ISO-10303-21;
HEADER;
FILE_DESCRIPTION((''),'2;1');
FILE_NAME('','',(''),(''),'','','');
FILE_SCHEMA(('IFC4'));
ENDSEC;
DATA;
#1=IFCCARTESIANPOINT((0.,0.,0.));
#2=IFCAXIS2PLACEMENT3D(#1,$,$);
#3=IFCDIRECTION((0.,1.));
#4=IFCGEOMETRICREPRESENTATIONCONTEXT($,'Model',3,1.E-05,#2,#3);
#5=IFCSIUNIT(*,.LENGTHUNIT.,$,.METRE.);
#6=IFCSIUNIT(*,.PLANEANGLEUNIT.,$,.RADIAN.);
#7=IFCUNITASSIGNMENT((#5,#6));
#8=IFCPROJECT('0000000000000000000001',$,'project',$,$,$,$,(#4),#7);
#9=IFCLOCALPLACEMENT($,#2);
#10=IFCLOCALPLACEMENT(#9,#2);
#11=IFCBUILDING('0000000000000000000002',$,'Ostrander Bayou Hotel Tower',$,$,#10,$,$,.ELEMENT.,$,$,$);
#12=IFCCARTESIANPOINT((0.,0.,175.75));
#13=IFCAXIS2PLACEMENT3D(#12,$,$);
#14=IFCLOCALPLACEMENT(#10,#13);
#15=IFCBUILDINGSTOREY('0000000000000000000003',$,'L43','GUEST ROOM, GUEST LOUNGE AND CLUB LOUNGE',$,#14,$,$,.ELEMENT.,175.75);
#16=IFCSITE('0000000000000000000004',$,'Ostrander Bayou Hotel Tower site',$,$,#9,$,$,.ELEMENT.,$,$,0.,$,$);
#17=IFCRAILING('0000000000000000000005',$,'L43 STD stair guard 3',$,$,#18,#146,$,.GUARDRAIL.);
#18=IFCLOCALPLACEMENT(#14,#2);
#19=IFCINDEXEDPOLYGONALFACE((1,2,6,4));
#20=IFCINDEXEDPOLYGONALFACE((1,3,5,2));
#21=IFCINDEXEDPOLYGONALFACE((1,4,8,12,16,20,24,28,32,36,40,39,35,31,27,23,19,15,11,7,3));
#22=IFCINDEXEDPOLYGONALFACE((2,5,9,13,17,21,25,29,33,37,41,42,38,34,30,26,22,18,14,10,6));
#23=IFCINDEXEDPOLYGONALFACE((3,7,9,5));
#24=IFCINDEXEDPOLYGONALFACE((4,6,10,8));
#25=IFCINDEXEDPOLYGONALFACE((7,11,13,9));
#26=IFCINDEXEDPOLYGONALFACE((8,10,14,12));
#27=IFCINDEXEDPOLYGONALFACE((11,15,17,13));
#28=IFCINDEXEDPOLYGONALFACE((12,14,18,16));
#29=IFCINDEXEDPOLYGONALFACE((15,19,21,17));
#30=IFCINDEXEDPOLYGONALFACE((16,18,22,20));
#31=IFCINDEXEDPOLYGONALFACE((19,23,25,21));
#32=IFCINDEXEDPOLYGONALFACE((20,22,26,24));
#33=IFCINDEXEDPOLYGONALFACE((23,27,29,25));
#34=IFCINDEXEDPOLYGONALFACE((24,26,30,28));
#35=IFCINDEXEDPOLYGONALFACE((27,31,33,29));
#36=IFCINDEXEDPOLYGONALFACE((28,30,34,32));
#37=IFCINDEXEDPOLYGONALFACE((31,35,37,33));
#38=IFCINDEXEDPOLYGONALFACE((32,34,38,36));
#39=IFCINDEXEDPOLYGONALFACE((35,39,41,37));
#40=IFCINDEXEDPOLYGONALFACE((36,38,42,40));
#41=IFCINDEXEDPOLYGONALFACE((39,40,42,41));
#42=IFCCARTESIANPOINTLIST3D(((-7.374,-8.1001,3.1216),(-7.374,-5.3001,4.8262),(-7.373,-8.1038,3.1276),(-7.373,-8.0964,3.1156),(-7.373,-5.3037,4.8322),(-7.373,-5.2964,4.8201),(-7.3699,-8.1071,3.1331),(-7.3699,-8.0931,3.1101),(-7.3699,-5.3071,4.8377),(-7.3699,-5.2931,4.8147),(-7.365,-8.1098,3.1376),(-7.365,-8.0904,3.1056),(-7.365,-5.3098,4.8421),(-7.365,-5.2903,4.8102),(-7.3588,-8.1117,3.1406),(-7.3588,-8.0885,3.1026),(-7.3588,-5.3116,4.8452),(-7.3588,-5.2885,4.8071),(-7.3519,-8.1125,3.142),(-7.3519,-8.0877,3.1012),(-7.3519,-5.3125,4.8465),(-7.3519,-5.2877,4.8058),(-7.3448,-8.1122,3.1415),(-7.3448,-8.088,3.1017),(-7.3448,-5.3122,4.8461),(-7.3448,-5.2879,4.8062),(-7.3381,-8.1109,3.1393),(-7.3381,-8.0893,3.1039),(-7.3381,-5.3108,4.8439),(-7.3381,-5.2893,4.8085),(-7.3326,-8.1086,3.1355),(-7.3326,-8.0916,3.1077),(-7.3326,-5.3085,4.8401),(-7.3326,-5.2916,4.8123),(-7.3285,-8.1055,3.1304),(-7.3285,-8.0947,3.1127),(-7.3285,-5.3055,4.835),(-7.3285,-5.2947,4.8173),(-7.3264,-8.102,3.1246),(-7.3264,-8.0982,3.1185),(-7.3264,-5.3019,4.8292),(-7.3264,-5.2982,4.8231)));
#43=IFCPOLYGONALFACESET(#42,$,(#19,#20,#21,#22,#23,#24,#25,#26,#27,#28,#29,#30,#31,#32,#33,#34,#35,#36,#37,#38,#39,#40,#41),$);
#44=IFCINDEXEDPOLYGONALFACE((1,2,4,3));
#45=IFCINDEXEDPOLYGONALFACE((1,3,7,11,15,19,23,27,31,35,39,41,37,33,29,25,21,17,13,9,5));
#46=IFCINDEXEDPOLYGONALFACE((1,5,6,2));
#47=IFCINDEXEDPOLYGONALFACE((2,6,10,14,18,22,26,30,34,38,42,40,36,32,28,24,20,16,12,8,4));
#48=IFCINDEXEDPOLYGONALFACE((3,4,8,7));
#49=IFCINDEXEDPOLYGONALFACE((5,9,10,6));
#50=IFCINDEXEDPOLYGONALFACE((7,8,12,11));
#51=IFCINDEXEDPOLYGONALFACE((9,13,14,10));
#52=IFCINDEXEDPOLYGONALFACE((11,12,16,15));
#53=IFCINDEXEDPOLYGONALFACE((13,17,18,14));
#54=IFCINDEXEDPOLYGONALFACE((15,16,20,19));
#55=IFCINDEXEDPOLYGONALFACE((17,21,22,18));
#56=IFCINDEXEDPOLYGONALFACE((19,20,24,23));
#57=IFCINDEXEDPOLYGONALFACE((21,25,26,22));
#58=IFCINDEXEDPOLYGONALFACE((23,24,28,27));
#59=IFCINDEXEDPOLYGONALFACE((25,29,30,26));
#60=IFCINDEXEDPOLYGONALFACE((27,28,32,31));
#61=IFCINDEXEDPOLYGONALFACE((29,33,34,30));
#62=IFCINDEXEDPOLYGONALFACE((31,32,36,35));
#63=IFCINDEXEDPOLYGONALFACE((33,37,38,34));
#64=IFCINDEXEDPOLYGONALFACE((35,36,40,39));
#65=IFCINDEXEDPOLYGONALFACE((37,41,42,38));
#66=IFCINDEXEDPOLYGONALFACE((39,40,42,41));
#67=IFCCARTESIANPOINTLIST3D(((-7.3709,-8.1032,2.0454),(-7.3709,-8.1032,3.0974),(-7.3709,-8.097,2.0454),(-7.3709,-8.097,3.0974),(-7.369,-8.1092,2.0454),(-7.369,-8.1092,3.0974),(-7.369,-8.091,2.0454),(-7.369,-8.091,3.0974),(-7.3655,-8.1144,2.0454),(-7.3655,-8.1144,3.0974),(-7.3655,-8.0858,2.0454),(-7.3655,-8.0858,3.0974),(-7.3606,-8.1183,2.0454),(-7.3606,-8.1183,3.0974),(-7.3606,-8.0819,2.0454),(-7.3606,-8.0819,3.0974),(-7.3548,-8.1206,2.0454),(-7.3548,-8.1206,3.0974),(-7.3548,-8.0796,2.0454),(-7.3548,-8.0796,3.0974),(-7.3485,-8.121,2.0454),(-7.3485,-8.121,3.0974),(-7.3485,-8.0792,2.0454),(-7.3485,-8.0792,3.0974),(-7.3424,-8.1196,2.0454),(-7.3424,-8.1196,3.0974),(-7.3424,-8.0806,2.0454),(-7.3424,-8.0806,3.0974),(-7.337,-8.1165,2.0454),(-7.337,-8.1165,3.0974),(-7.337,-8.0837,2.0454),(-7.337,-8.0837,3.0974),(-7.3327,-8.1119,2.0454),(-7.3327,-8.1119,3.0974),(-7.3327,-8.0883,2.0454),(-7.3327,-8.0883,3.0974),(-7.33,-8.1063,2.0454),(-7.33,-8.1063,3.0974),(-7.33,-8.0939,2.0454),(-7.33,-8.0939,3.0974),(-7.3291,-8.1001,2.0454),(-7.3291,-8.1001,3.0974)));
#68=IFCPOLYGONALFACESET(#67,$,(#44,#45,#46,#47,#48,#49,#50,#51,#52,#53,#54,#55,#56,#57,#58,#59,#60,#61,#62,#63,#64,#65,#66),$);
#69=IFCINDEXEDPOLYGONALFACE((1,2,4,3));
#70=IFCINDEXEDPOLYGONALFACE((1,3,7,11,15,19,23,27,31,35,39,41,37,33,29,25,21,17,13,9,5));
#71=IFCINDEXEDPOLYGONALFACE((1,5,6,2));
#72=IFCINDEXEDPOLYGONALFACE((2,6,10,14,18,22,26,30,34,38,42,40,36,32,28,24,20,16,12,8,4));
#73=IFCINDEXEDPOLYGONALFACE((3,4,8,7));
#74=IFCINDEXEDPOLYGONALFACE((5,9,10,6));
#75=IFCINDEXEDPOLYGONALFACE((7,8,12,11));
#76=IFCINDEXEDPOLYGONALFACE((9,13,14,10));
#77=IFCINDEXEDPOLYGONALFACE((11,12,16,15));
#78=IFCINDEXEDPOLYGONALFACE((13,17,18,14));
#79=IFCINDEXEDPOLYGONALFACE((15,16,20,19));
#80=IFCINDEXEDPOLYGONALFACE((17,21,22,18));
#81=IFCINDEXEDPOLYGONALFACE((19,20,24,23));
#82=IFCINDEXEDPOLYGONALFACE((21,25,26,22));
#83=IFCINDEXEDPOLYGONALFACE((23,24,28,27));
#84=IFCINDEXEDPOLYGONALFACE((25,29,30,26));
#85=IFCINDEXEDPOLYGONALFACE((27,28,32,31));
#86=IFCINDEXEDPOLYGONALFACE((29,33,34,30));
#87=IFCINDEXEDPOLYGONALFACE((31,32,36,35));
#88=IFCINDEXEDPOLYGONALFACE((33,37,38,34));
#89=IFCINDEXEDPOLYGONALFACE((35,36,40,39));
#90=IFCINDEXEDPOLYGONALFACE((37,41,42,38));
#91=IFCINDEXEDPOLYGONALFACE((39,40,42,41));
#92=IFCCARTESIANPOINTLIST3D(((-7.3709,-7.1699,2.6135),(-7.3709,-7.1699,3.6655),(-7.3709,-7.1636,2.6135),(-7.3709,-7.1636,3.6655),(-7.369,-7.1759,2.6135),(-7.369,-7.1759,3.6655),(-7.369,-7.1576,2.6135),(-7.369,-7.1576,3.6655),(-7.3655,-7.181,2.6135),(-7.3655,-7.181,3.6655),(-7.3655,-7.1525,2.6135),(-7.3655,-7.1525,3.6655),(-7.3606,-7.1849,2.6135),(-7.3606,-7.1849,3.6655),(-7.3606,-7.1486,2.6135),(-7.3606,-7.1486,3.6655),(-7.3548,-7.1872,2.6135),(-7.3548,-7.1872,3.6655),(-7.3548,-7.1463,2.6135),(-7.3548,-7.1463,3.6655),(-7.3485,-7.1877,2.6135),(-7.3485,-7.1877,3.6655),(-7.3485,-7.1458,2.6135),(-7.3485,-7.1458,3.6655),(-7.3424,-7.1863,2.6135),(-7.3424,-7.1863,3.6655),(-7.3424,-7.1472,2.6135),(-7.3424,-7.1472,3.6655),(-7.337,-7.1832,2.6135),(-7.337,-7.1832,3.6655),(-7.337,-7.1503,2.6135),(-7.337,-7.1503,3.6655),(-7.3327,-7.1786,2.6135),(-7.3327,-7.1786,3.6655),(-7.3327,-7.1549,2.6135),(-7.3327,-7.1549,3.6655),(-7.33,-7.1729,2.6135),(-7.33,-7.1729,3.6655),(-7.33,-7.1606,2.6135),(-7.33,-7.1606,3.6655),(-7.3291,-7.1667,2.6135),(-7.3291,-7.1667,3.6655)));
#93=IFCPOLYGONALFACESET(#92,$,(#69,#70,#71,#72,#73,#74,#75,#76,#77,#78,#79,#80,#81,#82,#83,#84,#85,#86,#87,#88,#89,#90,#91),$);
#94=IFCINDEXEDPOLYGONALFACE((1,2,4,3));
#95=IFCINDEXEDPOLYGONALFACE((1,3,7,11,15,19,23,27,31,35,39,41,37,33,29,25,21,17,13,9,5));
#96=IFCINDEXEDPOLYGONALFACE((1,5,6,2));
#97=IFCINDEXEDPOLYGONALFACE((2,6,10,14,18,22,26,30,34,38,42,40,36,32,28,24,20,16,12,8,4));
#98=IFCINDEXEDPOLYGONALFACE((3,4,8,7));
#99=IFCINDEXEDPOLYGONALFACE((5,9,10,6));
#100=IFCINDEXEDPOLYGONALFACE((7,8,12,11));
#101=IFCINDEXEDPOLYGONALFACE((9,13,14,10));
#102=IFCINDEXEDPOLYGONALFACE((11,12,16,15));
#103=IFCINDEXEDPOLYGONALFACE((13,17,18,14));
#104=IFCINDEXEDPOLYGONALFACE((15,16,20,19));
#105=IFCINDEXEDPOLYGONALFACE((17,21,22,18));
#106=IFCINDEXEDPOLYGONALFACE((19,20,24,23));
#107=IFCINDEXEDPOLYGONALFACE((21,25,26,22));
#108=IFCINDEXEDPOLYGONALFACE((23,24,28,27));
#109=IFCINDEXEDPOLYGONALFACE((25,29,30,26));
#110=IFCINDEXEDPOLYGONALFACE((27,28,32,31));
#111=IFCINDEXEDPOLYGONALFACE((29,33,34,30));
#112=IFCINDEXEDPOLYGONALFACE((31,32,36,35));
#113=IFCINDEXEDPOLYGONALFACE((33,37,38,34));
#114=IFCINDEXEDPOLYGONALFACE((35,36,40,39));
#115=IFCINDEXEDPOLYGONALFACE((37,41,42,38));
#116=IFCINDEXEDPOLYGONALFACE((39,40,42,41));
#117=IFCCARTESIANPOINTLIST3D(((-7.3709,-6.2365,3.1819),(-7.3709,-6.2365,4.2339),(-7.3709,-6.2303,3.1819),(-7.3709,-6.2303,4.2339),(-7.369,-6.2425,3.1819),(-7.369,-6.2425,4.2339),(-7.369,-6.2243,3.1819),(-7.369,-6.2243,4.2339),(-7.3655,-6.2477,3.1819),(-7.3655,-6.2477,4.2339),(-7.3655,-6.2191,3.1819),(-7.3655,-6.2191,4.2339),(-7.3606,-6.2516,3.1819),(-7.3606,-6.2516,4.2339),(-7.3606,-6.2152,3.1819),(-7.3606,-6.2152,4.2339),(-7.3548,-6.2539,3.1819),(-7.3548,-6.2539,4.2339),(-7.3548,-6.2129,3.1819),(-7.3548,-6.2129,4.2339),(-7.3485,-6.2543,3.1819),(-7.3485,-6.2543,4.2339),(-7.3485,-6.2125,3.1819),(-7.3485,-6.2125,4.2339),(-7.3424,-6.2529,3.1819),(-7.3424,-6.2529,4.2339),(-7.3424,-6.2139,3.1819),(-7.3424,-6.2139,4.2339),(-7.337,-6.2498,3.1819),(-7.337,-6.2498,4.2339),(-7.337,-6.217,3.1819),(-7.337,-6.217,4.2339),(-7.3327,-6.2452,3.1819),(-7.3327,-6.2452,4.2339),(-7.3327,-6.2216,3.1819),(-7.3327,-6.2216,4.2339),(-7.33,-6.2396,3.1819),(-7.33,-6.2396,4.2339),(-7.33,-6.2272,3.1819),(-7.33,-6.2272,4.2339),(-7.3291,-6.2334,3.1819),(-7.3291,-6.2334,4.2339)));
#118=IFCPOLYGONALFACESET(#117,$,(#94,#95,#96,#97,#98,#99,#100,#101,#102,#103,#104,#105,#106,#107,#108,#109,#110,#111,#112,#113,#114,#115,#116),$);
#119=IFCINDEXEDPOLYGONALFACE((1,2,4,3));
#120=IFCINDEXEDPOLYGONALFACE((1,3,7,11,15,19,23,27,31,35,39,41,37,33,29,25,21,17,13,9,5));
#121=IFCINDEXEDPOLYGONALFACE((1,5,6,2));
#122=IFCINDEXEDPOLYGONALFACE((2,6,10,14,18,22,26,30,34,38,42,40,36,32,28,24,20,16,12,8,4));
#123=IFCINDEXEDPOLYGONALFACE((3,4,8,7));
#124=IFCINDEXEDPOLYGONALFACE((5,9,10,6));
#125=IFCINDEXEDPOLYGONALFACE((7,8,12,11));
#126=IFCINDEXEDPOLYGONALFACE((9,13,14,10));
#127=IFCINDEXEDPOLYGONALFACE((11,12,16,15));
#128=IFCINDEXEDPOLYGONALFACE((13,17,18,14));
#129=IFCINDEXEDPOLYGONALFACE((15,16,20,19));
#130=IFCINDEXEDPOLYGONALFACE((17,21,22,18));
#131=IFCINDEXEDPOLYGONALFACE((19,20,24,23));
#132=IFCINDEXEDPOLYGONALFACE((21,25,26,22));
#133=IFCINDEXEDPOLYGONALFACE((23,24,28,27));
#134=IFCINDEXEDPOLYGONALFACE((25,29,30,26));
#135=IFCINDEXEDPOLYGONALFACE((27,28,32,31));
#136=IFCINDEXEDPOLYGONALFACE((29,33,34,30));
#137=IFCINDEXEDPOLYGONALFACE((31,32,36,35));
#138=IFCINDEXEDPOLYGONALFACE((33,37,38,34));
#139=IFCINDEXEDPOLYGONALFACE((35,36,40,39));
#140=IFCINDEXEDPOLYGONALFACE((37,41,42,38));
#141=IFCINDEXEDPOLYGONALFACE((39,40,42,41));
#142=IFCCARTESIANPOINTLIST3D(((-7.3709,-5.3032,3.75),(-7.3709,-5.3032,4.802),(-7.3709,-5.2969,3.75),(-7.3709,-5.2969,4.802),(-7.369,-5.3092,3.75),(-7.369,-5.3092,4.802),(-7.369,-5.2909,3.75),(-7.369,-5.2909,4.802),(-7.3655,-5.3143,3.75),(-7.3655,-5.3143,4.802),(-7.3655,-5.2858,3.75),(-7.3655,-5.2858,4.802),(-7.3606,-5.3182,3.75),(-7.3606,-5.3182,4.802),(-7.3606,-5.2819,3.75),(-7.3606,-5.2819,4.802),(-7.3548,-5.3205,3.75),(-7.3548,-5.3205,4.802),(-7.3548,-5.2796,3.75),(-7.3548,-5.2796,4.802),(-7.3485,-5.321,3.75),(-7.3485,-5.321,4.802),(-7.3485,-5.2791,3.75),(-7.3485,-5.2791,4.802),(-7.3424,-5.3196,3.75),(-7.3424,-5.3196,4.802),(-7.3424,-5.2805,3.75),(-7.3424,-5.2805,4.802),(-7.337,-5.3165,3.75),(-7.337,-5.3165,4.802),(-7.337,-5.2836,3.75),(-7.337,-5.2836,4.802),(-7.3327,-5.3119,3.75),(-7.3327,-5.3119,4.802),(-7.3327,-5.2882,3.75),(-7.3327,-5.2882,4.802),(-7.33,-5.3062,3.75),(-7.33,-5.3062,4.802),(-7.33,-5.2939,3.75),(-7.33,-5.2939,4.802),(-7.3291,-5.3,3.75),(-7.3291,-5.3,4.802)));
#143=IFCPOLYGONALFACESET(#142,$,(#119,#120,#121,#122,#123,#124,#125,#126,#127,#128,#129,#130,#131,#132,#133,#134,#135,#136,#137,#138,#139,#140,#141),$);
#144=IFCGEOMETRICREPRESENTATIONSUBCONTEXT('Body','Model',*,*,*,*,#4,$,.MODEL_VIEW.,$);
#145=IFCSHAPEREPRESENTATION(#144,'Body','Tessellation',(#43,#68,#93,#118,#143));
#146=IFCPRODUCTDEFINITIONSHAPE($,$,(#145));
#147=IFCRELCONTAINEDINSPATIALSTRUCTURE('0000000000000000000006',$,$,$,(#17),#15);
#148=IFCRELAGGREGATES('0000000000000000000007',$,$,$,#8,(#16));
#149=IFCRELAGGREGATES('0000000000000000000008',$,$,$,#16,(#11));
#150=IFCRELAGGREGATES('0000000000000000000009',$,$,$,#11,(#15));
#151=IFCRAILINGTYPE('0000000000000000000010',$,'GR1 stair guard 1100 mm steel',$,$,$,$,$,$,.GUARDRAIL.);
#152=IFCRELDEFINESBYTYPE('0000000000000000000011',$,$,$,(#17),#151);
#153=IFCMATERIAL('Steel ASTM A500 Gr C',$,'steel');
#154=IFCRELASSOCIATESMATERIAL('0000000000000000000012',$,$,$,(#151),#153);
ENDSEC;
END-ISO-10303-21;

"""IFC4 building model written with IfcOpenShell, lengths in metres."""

from ifc_helpers import new_model, si_unit, direction, frame, origin, origin_2d, place, context, subcontext, project, spatial, circle, extrude, material, type_object, element, save


model = new_model("IFC4")

# Units and contexts
model_context = context("Model", 3, precision=1e-05, world=origin(), true_north=direction((0.0, 1.0)))
body_context = subcontext(model_context, "Body", "Model", "MODEL_VIEW")
ifc_project = project(units=[si_unit("LENGTHUNIT", "METRE"), si_unit("PLANEANGLEUNIT", "RADIAN")], contexts=[model_context])

# Site, building, storey
site_placement = place(None, origin())
site = spatial("IfcSite", under=ifc_project, at=site_placement, Name="Ostrander Bayou Hotel Tower site", CompositionType="ELEMENT", RefElevation=0.0)
building_placement = place(site_placement, origin())
building = spatial("IfcBuilding", under=site, at=building_placement, Name="Ostrander Bayou Hotel Tower", CompositionType="ELEMENT")
storey_placement = place(building_placement, frame((0.0, 0.0, 175.75)))
storey = spatial("IfcBuildingStorey", under=building, at=storey_placement, Name="L43", Description="GUEST ROOM, GUEST LOUNGE AND CLUB LOUNGE", CompositionType="ELEMENT", Elevation=175.75)

# Railing
ifc_material_1 = material(Name="Steel ASTM A500 Gr C", Category="steel")
railing_type_1 = type_object("IfcRailingType", Name="GR1 stair guard 1100 mm steel", PredefinedType="GUARDRAIL", material=ifc_material_1)
railing_1_placement = place(storey_placement, frame((-7.3501, -8.1001, 2.0454)))
element("IfcRailing", 1, at=railing_1_placement, inside=storey, type_object=railing_type_1, Name="L43 STD stair guard 3", PredefinedType="GUARDRAIL", context=body_context, shape_type="SweptSolid", body=[
    extrude(circle(Radius=0.0239, at=origin_2d()), frame((0.0, 0.0, 1.0762), z_axis=(0.0, 0.85417, 0.519994), x_axis=(-1.0, 0.0, 0.0)), (0.0, 0.0, 1.0), 3.2781),
    extrude(circle(Radius=0.021, at=origin_2d()), origin(), (0.0, 0.0, 1.0), 1.052),
    extrude(circle(Radius=0.021, at=origin_2d()), frame((0.0, 0.9333, 0.5681)), (0.0, 0.0, 1.0), 1.052),
    extrude(circle(Radius=0.021, at=origin_2d()), frame((0.0, 1.8667, 1.1365)), (0.0, 0.0, 1.0), 1.052),
    extrude(circle(Radius=0.021, at=origin_2d()), frame((0.0, 2.8, 1.7046)), (0.0, 0.0, 1.0), 1.052),
])

save(model, "model.ifc")
